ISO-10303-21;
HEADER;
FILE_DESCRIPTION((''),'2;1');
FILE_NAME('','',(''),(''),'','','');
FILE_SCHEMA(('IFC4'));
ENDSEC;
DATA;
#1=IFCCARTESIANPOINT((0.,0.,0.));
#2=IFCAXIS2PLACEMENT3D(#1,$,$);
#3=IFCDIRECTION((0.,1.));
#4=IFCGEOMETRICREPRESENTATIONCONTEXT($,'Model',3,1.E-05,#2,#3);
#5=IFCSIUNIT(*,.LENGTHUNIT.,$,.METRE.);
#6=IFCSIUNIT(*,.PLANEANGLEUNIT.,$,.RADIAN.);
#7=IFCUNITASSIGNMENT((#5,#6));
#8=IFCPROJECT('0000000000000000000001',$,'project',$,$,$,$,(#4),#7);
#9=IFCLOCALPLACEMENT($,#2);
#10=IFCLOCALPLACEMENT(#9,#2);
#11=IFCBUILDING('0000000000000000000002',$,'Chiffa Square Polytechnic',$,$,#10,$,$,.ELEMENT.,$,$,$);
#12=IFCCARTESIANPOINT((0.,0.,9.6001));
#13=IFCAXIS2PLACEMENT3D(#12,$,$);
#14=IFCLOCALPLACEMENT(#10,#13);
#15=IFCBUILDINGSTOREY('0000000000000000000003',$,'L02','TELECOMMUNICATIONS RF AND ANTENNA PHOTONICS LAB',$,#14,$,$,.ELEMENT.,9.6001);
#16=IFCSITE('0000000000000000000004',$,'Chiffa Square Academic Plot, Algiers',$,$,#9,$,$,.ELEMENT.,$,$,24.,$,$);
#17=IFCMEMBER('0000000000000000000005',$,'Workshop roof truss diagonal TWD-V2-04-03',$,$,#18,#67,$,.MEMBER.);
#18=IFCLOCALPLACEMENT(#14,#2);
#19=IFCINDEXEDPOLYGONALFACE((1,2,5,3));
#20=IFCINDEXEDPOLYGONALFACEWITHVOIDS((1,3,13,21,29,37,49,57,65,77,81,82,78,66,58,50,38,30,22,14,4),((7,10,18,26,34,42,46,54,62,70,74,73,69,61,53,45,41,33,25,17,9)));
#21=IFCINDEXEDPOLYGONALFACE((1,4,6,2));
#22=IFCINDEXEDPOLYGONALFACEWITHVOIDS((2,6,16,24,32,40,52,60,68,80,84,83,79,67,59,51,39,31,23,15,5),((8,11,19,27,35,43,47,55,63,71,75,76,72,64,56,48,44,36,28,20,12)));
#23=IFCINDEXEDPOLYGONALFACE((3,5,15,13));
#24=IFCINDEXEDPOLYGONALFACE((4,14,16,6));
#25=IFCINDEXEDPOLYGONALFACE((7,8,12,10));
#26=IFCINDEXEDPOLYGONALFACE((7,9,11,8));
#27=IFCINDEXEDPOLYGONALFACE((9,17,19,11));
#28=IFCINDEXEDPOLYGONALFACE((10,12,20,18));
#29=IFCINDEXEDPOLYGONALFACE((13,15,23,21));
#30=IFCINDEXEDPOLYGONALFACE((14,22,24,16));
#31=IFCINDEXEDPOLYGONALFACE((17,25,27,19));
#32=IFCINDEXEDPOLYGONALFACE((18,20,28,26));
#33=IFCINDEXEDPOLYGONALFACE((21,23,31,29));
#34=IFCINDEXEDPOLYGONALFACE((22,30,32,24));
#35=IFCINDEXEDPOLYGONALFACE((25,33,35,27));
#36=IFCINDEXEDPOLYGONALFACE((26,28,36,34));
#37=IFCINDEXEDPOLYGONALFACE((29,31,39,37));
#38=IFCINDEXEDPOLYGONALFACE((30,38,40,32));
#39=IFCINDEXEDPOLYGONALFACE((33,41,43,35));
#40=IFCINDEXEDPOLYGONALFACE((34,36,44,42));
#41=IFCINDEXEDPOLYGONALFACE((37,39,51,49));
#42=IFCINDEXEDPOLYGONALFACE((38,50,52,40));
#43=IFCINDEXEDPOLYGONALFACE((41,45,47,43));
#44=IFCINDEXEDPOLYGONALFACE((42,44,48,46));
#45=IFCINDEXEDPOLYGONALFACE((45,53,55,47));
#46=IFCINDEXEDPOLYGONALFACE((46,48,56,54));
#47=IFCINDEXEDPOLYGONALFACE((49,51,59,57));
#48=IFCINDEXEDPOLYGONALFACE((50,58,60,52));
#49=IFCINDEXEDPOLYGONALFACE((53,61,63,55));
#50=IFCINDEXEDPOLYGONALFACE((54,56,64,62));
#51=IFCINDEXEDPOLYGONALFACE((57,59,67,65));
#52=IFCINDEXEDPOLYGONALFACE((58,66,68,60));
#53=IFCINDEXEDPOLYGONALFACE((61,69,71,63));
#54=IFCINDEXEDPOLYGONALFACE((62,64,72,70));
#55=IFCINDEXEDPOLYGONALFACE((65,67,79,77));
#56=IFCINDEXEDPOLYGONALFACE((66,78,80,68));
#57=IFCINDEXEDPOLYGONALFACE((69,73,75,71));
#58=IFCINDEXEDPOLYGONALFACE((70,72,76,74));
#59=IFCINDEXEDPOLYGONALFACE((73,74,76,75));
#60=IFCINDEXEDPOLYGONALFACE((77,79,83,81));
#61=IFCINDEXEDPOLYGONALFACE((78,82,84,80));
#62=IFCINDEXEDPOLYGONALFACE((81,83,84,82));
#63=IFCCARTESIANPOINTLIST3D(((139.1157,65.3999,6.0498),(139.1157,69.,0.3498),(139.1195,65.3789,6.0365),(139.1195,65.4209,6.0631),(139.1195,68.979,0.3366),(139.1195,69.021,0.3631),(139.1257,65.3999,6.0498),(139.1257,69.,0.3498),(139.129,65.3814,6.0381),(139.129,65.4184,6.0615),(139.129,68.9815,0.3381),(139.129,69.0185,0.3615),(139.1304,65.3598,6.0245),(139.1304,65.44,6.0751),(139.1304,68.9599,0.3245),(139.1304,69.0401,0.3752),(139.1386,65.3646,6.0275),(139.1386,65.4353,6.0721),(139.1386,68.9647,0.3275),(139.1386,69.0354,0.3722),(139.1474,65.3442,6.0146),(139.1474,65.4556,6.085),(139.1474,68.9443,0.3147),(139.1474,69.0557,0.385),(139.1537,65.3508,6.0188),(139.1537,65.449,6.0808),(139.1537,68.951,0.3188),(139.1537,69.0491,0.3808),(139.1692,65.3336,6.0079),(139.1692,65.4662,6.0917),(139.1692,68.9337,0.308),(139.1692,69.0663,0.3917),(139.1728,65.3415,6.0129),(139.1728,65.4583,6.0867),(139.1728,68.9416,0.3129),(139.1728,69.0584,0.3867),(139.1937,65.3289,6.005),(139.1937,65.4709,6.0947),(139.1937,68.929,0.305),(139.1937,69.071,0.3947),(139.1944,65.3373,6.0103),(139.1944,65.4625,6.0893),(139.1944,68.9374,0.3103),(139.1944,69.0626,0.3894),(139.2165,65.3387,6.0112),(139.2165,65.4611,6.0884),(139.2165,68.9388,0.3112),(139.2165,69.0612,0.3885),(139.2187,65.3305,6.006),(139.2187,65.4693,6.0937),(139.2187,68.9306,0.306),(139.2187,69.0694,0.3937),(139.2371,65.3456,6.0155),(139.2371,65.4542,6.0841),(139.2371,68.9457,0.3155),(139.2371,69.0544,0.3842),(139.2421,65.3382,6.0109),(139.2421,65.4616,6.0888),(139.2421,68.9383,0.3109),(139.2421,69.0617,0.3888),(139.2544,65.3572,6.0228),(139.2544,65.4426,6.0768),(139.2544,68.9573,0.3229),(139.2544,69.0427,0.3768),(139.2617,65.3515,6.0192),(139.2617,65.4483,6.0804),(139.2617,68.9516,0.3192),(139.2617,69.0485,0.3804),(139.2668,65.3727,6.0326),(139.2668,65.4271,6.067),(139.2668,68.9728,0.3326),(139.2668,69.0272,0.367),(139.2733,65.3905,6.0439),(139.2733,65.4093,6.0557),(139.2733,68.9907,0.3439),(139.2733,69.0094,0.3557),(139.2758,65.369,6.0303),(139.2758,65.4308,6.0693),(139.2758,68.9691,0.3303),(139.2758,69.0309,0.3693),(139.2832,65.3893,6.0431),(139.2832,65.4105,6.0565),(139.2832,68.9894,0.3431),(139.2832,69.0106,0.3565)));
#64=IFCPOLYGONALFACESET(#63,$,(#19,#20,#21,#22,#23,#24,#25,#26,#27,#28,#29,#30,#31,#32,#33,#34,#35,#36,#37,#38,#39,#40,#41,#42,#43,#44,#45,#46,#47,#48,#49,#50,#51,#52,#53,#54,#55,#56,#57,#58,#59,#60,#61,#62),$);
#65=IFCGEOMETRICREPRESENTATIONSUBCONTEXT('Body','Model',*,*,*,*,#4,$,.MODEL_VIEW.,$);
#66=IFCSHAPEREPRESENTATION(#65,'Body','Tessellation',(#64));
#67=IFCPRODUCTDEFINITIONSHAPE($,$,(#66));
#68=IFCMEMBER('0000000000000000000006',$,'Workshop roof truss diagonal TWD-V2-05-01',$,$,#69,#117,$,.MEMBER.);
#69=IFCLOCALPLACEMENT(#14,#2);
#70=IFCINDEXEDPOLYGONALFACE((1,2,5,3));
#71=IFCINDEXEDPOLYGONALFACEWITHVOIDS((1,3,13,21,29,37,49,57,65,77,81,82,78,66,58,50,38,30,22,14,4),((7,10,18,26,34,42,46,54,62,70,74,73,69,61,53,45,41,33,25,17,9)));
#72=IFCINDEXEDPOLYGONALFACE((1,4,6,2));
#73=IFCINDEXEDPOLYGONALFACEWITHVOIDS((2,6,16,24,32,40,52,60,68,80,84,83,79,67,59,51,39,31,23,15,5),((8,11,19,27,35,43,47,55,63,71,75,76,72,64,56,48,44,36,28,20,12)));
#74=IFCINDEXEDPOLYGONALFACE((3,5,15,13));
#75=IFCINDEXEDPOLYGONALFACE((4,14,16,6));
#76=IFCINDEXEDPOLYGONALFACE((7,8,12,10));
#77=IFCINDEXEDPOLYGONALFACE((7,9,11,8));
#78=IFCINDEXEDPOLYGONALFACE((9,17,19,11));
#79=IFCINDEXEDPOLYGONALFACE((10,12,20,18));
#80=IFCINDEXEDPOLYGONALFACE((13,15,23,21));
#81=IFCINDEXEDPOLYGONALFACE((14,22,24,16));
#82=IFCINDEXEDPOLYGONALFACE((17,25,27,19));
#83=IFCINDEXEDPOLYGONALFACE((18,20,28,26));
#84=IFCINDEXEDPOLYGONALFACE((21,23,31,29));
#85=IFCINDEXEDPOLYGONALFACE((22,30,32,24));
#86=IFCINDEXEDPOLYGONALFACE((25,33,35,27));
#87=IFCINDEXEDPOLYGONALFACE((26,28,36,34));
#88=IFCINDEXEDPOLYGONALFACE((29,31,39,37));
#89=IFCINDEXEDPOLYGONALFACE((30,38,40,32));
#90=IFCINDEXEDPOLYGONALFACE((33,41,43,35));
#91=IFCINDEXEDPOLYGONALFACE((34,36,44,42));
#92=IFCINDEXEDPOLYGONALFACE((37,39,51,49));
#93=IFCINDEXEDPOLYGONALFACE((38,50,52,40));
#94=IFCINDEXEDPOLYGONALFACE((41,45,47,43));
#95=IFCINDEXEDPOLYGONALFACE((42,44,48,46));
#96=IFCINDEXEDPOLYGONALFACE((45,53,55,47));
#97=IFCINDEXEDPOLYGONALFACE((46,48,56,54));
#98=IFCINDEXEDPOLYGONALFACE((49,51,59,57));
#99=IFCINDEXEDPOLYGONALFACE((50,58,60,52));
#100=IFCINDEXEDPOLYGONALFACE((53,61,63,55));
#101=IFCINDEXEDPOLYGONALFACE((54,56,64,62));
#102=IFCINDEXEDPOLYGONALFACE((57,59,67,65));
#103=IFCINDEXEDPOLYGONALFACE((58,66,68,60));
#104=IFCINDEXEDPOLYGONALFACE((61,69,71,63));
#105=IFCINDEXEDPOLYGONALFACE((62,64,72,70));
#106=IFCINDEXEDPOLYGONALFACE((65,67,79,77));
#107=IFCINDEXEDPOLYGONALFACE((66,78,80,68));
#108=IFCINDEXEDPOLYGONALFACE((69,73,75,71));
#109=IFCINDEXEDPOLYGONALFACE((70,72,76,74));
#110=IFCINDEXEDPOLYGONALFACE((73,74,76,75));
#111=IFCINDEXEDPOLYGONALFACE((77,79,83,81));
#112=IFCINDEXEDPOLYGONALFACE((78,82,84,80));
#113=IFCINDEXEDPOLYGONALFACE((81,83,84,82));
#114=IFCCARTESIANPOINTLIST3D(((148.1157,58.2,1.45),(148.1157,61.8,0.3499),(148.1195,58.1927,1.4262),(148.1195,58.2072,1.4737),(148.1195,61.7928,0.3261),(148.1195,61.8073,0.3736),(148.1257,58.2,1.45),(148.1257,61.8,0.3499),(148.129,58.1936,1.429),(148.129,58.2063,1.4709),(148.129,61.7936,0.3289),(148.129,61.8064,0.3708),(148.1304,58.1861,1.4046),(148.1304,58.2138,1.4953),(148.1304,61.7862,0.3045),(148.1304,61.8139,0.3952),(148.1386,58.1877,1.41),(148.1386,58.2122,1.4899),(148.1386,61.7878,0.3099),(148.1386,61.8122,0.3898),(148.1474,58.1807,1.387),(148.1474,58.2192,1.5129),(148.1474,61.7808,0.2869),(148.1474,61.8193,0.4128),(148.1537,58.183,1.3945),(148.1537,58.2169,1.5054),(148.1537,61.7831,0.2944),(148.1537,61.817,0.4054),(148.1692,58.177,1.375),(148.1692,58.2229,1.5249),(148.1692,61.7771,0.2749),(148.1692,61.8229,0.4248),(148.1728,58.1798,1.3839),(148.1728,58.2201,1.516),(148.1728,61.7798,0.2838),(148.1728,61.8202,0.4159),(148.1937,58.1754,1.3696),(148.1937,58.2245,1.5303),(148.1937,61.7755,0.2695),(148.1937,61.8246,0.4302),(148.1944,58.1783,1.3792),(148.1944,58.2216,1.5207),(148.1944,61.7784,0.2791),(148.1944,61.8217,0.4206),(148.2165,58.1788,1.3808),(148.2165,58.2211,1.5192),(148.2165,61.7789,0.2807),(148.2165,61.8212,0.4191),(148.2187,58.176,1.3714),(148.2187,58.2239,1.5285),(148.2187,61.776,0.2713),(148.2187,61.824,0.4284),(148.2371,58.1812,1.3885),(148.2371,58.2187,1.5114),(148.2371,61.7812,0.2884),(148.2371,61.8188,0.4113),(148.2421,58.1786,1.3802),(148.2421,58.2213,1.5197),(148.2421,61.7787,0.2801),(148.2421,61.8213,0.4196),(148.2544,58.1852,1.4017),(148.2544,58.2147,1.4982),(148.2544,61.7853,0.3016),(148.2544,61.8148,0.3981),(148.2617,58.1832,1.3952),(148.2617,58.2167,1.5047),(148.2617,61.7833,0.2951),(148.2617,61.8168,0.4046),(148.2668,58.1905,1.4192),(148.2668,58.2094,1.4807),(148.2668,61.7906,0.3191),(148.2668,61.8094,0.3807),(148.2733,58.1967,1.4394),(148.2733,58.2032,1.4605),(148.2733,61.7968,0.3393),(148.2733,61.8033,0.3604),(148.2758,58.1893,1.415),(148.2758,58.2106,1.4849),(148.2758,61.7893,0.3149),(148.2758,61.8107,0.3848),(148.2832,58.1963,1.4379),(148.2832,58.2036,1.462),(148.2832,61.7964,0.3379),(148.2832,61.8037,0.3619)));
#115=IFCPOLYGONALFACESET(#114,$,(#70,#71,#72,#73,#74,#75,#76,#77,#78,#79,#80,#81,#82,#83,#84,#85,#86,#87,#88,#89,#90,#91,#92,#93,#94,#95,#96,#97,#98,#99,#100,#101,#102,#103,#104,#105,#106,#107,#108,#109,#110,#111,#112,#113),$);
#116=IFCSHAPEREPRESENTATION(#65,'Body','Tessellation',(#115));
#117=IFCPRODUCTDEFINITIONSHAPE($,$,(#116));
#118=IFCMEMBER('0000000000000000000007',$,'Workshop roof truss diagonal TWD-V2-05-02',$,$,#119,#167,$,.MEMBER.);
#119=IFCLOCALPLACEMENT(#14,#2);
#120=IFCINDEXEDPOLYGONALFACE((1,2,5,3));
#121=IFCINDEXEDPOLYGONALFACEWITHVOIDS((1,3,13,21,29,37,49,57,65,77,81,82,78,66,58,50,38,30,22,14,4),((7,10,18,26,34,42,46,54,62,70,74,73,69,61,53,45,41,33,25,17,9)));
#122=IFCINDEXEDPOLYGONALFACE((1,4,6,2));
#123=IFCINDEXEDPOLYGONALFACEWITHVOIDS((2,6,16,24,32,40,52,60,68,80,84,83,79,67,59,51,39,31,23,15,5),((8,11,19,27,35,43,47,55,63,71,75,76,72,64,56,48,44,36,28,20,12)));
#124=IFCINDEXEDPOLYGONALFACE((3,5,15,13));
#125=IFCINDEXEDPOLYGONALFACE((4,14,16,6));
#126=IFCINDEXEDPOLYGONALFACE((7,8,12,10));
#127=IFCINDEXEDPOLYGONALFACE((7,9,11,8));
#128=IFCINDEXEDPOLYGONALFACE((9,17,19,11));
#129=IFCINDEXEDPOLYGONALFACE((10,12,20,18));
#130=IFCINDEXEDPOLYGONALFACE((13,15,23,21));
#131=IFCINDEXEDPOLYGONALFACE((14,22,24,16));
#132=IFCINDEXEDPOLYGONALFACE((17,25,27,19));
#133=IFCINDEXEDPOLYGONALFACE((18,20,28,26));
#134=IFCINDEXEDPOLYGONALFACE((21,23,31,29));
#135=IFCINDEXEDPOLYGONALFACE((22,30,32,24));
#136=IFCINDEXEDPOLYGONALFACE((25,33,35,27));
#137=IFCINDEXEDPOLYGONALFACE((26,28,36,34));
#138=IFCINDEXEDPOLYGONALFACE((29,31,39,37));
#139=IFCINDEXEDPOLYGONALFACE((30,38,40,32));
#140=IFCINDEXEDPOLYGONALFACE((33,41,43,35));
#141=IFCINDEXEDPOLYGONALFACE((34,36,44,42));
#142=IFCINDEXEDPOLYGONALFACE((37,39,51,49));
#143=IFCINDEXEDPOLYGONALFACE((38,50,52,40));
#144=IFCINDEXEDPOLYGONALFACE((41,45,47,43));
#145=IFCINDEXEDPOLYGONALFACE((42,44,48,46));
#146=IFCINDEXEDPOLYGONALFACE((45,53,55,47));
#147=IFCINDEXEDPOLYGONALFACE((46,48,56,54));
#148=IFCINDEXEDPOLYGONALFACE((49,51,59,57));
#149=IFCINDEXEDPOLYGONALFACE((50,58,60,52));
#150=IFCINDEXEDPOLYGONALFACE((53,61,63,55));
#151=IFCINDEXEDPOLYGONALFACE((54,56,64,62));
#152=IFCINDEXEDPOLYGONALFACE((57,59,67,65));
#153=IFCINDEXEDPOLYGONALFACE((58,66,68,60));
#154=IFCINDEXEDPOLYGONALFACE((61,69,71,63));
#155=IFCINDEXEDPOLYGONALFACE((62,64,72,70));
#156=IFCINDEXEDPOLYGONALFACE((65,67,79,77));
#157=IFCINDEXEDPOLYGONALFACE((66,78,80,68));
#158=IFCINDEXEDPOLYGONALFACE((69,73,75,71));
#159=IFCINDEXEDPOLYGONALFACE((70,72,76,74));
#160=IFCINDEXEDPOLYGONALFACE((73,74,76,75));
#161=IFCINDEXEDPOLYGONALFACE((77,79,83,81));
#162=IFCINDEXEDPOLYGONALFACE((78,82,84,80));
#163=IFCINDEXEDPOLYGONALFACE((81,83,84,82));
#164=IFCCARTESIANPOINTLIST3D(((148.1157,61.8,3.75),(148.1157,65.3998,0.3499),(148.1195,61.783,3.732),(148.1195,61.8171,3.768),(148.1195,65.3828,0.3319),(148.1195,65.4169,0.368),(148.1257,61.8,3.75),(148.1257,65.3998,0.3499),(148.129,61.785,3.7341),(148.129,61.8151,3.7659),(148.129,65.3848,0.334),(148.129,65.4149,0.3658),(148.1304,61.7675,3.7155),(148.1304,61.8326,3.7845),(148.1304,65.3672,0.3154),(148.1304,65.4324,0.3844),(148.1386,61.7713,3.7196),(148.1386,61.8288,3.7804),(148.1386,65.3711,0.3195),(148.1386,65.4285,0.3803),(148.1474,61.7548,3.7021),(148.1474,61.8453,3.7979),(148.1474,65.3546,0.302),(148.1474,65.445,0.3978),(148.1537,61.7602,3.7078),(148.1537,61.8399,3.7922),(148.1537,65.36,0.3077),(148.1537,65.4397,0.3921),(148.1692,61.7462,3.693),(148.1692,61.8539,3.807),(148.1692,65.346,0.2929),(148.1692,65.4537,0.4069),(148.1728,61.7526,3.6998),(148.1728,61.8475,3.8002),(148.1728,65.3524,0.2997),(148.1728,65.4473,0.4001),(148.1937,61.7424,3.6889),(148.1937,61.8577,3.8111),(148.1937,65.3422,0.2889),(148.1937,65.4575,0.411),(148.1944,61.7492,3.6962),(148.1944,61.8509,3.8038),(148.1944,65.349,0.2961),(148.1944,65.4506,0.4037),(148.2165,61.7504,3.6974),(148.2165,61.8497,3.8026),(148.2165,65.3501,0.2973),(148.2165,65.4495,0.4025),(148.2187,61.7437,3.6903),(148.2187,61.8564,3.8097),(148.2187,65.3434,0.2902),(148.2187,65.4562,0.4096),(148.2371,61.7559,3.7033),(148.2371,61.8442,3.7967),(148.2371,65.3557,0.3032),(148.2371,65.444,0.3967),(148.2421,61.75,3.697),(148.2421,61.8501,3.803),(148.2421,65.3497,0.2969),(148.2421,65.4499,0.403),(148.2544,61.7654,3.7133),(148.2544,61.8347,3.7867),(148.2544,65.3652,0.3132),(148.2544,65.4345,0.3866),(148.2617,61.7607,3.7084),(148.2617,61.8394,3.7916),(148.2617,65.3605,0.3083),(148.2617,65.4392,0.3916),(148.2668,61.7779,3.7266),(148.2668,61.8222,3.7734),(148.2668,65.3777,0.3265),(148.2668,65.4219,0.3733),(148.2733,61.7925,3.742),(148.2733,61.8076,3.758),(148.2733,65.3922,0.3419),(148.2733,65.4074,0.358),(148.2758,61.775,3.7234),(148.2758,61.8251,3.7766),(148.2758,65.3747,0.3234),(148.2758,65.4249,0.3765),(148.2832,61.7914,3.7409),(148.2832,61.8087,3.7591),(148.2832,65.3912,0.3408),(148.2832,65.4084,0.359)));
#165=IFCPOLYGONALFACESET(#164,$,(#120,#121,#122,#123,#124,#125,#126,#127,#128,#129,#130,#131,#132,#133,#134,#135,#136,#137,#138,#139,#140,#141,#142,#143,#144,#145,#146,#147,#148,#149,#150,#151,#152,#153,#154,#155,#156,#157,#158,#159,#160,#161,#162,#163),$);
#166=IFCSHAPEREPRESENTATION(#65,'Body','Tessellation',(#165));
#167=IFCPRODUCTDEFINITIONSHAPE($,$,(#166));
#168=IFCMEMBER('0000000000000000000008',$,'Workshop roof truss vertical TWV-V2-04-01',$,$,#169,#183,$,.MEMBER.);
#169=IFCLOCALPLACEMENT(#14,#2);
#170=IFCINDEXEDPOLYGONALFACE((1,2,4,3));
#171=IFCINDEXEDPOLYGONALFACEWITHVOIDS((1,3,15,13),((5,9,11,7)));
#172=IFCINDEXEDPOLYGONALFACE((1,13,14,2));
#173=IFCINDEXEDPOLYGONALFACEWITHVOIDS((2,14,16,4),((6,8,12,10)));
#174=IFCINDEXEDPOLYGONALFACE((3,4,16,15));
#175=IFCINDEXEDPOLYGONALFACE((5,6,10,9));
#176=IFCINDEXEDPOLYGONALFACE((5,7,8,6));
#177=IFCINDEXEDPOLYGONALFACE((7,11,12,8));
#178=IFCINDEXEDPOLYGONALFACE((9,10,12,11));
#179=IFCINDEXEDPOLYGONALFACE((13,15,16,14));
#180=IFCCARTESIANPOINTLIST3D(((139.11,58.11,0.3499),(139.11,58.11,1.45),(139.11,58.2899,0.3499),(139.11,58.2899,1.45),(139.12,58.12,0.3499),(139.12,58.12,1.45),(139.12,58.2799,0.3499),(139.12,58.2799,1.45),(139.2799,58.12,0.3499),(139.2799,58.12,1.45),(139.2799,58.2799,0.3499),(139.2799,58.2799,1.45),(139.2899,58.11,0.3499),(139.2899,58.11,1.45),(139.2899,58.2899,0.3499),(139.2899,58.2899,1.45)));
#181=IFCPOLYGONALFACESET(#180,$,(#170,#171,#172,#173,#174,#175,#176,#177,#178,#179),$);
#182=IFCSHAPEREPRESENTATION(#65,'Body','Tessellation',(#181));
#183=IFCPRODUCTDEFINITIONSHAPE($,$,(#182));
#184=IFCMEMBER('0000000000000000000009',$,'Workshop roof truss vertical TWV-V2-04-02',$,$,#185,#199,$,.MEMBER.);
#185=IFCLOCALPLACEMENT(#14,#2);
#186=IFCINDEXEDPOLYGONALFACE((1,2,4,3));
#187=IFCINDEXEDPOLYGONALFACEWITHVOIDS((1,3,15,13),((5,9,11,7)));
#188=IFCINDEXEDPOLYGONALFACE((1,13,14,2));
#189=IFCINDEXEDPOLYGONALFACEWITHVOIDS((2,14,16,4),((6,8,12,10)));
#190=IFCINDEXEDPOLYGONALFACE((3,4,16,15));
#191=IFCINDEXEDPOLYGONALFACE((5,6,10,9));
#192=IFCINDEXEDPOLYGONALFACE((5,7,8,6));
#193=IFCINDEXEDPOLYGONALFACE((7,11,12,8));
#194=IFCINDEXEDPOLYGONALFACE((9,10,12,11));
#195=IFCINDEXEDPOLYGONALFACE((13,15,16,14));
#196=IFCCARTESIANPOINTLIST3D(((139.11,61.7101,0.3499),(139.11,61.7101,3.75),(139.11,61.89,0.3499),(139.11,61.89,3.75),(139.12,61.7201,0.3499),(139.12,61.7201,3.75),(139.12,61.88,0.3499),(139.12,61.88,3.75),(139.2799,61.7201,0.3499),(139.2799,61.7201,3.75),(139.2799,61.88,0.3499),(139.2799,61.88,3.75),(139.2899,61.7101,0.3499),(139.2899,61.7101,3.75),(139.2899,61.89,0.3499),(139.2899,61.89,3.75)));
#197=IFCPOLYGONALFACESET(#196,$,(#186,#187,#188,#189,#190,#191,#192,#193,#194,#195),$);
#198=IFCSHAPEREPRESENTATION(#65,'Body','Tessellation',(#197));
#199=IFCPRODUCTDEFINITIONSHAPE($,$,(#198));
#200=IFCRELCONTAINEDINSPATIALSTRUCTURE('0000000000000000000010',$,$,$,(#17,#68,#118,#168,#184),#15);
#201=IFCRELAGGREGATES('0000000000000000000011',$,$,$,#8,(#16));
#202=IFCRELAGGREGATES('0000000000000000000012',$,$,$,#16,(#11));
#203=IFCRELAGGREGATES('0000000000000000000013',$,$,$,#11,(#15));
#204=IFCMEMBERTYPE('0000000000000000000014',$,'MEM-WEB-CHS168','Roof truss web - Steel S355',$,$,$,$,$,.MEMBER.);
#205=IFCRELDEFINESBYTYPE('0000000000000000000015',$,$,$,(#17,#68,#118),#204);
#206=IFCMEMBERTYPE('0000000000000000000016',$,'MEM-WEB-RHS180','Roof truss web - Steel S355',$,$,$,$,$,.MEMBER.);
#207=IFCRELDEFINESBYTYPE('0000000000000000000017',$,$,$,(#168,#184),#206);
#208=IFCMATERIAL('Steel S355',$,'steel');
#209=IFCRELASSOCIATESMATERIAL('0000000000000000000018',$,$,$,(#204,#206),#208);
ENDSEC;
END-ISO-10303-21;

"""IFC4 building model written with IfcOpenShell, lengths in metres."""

from ifc_helpers import new_model, si_unit, direction, frame, origin, origin_2d, place, context, subcontext, project, spatial, hollow_rectangle, hollow_circle, extrude, material, material_profile, profile_set, type_object, element, save


model = new_model("IFC4")

# Units and contexts
model_context = context("Model", 3, precision=1e-05, world=origin(), true_north=direction((0.0, 1.0)))
body_context = subcontext(model_context, "Body", "Model", "MODEL_VIEW")
ifc_project = project(units=[si_unit("LENGTHUNIT", "METRE"), si_unit("PLANEANGLEUNIT", "RADIAN")], contexts=[model_context])

# Site, building, storey
site_placement = place(None, origin())
site = spatial("IfcSite", under=ifc_project, at=site_placement, Name="Chiffa Square Academic Plot, Algiers", CompositionType="ELEMENT", RefElevation=24.0)
building_placement = place(site_placement, origin())
building = spatial("IfcBuilding", under=site, at=building_placement, Name="Chiffa Square Polytechnic", CompositionType="ELEMENT")
storey_placement = place(building_placement, frame((0.0, 0.0, 9.6001)))
storey = spatial("IfcBuildingStorey", under=building, at=storey_placement, Name="L02", Description="TELECOMMUNICATIONS RF AND ANTENNA PHOTONICS LAB", CompositionType="ELEMENT", Elevation=9.6001)

# Shared definitions
ifc_material = material(Name="Steel S355", Category="steel")

# Members
ifc_material_profile_1 = material_profile(ifc_material, hollow_circle(Radius=0.0842, WallThickness=0.01, at=origin_2d()), Name="CHS 168.3x10")
ifc_profile_set_1 = profile_set([ifc_material_profile_1], Name="Steel S355")
member_type_1 = type_object("IfcMemberType", Name="MEM-WEB-CHS168", Description="Roof truss web - Steel S355", PredefinedType="MEMBER", material=ifc_profile_set_1)
member_1_placement = place(storey_placement, frame((139.2, 65.3999, 6.0498), z_axis=(0.0, 0.534007, -0.84548), x_axis=(-1.0, 0.0, 0.0)))
element("IfcMember", 1, at=member_1_placement, inside=storey, type_object=member_type_1, Name="Workshop roof truss diagonal TWD-V2-04-03", PredefinedType="MEMBER", context=body_context, shape_type="SweptSolid", body=[
    extrude(hollow_circle(Radius=0.0842, WallThickness=0.01, at=origin_2d()), origin(), (0.0, 0.0, 1.0), 6.7417),
])
member_2_placement = place(storey_placement, frame((148.2, 58.2, 1.45), z_axis=(0.0, 0.956347, -0.292235), x_axis=(-1.0, 0.0, 0.0)))
element("IfcMember", 2, at=member_2_placement, inside=storey, type_object=member_type_1, Name="Workshop roof truss diagonal TWD-V2-05-01", PredefinedType="MEMBER", context=body_context, shape_type="SweptSolid", body=[
    extrude(hollow_circle(Radius=0.0842, WallThickness=0.01, at=origin_2d()), origin(), (0.0, 0.0, 1.0), 3.7644),
])
member_3_placement = place(storey_placement, frame((148.2, 61.8, 3.75), z_axis=(0.0, 0.726984, -0.686654), x_axis=(-1.0, 0.0, 0.0)))
element("IfcMember", 3, at=member_3_placement, inside=storey, type_object=member_type_1, Name="Workshop roof truss diagonal TWD-V2-05-02", PredefinedType="MEMBER", context=body_context, shape_type="SweptSolid", body=[
    extrude(hollow_circle(Radius=0.0842, WallThickness=0.01, at=origin_2d()), origin(), (0.0, 0.0, 1.0), 4.9517),
])
ifc_material_profile_2 = material_profile(ifc_material, hollow_rectangle(XDim=0.1799, YDim=0.1799, WallThickness=0.01, at=origin_2d()), Name="RHS 180x180x10")
ifc_profile_set_2 = profile_set([ifc_material_profile_2], Name="Steel S355")
member_type_2 = type_object("IfcMemberType", Name="MEM-WEB-RHS180", Description="Roof truss web - Steel S355", PredefinedType="MEMBER", material=ifc_profile_set_2)
member_4_placement = place(storey_placement, frame((139.2, 58.2, 0.3499), z_axis=(0.0, 0.0, 1.0), x_axis=(1.0, 0.0, 0.0)))
element("IfcMember", 4, at=member_4_placement, inside=storey, type_object=member_type_2, Name="Workshop roof truss vertical TWV-V2-04-01", PredefinedType="MEMBER", context=body_context, shape_type="SweptSolid", body=[
    extrude(hollow_rectangle(XDim=0.1799, YDim=0.1799, WallThickness=0.01, at=origin_2d()), origin(), (0.0, 0.0, 1.0), 1.1001),
])
member_5_placement = place(storey_placement, frame((139.2, 61.8, 0.3499), z_axis=(0.0, 0.0, 1.0), x_axis=(1.0, 0.0, 0.0)))
element("IfcMember", 5, at=member_5_placement, inside=storey, type_object=member_type_2, Name="Workshop roof truss vertical TWV-V2-04-02", PredefinedType="MEMBER", context=body_context, shape_type="SweptSolid", body=[
    extrude(hollow_rectangle(XDim=0.1799, YDim=0.1799, WallThickness=0.01, at=origin_2d()), origin(), (0.0, 0.0, 1.0), 3.4001),
])

save(model, "model.ifc")
